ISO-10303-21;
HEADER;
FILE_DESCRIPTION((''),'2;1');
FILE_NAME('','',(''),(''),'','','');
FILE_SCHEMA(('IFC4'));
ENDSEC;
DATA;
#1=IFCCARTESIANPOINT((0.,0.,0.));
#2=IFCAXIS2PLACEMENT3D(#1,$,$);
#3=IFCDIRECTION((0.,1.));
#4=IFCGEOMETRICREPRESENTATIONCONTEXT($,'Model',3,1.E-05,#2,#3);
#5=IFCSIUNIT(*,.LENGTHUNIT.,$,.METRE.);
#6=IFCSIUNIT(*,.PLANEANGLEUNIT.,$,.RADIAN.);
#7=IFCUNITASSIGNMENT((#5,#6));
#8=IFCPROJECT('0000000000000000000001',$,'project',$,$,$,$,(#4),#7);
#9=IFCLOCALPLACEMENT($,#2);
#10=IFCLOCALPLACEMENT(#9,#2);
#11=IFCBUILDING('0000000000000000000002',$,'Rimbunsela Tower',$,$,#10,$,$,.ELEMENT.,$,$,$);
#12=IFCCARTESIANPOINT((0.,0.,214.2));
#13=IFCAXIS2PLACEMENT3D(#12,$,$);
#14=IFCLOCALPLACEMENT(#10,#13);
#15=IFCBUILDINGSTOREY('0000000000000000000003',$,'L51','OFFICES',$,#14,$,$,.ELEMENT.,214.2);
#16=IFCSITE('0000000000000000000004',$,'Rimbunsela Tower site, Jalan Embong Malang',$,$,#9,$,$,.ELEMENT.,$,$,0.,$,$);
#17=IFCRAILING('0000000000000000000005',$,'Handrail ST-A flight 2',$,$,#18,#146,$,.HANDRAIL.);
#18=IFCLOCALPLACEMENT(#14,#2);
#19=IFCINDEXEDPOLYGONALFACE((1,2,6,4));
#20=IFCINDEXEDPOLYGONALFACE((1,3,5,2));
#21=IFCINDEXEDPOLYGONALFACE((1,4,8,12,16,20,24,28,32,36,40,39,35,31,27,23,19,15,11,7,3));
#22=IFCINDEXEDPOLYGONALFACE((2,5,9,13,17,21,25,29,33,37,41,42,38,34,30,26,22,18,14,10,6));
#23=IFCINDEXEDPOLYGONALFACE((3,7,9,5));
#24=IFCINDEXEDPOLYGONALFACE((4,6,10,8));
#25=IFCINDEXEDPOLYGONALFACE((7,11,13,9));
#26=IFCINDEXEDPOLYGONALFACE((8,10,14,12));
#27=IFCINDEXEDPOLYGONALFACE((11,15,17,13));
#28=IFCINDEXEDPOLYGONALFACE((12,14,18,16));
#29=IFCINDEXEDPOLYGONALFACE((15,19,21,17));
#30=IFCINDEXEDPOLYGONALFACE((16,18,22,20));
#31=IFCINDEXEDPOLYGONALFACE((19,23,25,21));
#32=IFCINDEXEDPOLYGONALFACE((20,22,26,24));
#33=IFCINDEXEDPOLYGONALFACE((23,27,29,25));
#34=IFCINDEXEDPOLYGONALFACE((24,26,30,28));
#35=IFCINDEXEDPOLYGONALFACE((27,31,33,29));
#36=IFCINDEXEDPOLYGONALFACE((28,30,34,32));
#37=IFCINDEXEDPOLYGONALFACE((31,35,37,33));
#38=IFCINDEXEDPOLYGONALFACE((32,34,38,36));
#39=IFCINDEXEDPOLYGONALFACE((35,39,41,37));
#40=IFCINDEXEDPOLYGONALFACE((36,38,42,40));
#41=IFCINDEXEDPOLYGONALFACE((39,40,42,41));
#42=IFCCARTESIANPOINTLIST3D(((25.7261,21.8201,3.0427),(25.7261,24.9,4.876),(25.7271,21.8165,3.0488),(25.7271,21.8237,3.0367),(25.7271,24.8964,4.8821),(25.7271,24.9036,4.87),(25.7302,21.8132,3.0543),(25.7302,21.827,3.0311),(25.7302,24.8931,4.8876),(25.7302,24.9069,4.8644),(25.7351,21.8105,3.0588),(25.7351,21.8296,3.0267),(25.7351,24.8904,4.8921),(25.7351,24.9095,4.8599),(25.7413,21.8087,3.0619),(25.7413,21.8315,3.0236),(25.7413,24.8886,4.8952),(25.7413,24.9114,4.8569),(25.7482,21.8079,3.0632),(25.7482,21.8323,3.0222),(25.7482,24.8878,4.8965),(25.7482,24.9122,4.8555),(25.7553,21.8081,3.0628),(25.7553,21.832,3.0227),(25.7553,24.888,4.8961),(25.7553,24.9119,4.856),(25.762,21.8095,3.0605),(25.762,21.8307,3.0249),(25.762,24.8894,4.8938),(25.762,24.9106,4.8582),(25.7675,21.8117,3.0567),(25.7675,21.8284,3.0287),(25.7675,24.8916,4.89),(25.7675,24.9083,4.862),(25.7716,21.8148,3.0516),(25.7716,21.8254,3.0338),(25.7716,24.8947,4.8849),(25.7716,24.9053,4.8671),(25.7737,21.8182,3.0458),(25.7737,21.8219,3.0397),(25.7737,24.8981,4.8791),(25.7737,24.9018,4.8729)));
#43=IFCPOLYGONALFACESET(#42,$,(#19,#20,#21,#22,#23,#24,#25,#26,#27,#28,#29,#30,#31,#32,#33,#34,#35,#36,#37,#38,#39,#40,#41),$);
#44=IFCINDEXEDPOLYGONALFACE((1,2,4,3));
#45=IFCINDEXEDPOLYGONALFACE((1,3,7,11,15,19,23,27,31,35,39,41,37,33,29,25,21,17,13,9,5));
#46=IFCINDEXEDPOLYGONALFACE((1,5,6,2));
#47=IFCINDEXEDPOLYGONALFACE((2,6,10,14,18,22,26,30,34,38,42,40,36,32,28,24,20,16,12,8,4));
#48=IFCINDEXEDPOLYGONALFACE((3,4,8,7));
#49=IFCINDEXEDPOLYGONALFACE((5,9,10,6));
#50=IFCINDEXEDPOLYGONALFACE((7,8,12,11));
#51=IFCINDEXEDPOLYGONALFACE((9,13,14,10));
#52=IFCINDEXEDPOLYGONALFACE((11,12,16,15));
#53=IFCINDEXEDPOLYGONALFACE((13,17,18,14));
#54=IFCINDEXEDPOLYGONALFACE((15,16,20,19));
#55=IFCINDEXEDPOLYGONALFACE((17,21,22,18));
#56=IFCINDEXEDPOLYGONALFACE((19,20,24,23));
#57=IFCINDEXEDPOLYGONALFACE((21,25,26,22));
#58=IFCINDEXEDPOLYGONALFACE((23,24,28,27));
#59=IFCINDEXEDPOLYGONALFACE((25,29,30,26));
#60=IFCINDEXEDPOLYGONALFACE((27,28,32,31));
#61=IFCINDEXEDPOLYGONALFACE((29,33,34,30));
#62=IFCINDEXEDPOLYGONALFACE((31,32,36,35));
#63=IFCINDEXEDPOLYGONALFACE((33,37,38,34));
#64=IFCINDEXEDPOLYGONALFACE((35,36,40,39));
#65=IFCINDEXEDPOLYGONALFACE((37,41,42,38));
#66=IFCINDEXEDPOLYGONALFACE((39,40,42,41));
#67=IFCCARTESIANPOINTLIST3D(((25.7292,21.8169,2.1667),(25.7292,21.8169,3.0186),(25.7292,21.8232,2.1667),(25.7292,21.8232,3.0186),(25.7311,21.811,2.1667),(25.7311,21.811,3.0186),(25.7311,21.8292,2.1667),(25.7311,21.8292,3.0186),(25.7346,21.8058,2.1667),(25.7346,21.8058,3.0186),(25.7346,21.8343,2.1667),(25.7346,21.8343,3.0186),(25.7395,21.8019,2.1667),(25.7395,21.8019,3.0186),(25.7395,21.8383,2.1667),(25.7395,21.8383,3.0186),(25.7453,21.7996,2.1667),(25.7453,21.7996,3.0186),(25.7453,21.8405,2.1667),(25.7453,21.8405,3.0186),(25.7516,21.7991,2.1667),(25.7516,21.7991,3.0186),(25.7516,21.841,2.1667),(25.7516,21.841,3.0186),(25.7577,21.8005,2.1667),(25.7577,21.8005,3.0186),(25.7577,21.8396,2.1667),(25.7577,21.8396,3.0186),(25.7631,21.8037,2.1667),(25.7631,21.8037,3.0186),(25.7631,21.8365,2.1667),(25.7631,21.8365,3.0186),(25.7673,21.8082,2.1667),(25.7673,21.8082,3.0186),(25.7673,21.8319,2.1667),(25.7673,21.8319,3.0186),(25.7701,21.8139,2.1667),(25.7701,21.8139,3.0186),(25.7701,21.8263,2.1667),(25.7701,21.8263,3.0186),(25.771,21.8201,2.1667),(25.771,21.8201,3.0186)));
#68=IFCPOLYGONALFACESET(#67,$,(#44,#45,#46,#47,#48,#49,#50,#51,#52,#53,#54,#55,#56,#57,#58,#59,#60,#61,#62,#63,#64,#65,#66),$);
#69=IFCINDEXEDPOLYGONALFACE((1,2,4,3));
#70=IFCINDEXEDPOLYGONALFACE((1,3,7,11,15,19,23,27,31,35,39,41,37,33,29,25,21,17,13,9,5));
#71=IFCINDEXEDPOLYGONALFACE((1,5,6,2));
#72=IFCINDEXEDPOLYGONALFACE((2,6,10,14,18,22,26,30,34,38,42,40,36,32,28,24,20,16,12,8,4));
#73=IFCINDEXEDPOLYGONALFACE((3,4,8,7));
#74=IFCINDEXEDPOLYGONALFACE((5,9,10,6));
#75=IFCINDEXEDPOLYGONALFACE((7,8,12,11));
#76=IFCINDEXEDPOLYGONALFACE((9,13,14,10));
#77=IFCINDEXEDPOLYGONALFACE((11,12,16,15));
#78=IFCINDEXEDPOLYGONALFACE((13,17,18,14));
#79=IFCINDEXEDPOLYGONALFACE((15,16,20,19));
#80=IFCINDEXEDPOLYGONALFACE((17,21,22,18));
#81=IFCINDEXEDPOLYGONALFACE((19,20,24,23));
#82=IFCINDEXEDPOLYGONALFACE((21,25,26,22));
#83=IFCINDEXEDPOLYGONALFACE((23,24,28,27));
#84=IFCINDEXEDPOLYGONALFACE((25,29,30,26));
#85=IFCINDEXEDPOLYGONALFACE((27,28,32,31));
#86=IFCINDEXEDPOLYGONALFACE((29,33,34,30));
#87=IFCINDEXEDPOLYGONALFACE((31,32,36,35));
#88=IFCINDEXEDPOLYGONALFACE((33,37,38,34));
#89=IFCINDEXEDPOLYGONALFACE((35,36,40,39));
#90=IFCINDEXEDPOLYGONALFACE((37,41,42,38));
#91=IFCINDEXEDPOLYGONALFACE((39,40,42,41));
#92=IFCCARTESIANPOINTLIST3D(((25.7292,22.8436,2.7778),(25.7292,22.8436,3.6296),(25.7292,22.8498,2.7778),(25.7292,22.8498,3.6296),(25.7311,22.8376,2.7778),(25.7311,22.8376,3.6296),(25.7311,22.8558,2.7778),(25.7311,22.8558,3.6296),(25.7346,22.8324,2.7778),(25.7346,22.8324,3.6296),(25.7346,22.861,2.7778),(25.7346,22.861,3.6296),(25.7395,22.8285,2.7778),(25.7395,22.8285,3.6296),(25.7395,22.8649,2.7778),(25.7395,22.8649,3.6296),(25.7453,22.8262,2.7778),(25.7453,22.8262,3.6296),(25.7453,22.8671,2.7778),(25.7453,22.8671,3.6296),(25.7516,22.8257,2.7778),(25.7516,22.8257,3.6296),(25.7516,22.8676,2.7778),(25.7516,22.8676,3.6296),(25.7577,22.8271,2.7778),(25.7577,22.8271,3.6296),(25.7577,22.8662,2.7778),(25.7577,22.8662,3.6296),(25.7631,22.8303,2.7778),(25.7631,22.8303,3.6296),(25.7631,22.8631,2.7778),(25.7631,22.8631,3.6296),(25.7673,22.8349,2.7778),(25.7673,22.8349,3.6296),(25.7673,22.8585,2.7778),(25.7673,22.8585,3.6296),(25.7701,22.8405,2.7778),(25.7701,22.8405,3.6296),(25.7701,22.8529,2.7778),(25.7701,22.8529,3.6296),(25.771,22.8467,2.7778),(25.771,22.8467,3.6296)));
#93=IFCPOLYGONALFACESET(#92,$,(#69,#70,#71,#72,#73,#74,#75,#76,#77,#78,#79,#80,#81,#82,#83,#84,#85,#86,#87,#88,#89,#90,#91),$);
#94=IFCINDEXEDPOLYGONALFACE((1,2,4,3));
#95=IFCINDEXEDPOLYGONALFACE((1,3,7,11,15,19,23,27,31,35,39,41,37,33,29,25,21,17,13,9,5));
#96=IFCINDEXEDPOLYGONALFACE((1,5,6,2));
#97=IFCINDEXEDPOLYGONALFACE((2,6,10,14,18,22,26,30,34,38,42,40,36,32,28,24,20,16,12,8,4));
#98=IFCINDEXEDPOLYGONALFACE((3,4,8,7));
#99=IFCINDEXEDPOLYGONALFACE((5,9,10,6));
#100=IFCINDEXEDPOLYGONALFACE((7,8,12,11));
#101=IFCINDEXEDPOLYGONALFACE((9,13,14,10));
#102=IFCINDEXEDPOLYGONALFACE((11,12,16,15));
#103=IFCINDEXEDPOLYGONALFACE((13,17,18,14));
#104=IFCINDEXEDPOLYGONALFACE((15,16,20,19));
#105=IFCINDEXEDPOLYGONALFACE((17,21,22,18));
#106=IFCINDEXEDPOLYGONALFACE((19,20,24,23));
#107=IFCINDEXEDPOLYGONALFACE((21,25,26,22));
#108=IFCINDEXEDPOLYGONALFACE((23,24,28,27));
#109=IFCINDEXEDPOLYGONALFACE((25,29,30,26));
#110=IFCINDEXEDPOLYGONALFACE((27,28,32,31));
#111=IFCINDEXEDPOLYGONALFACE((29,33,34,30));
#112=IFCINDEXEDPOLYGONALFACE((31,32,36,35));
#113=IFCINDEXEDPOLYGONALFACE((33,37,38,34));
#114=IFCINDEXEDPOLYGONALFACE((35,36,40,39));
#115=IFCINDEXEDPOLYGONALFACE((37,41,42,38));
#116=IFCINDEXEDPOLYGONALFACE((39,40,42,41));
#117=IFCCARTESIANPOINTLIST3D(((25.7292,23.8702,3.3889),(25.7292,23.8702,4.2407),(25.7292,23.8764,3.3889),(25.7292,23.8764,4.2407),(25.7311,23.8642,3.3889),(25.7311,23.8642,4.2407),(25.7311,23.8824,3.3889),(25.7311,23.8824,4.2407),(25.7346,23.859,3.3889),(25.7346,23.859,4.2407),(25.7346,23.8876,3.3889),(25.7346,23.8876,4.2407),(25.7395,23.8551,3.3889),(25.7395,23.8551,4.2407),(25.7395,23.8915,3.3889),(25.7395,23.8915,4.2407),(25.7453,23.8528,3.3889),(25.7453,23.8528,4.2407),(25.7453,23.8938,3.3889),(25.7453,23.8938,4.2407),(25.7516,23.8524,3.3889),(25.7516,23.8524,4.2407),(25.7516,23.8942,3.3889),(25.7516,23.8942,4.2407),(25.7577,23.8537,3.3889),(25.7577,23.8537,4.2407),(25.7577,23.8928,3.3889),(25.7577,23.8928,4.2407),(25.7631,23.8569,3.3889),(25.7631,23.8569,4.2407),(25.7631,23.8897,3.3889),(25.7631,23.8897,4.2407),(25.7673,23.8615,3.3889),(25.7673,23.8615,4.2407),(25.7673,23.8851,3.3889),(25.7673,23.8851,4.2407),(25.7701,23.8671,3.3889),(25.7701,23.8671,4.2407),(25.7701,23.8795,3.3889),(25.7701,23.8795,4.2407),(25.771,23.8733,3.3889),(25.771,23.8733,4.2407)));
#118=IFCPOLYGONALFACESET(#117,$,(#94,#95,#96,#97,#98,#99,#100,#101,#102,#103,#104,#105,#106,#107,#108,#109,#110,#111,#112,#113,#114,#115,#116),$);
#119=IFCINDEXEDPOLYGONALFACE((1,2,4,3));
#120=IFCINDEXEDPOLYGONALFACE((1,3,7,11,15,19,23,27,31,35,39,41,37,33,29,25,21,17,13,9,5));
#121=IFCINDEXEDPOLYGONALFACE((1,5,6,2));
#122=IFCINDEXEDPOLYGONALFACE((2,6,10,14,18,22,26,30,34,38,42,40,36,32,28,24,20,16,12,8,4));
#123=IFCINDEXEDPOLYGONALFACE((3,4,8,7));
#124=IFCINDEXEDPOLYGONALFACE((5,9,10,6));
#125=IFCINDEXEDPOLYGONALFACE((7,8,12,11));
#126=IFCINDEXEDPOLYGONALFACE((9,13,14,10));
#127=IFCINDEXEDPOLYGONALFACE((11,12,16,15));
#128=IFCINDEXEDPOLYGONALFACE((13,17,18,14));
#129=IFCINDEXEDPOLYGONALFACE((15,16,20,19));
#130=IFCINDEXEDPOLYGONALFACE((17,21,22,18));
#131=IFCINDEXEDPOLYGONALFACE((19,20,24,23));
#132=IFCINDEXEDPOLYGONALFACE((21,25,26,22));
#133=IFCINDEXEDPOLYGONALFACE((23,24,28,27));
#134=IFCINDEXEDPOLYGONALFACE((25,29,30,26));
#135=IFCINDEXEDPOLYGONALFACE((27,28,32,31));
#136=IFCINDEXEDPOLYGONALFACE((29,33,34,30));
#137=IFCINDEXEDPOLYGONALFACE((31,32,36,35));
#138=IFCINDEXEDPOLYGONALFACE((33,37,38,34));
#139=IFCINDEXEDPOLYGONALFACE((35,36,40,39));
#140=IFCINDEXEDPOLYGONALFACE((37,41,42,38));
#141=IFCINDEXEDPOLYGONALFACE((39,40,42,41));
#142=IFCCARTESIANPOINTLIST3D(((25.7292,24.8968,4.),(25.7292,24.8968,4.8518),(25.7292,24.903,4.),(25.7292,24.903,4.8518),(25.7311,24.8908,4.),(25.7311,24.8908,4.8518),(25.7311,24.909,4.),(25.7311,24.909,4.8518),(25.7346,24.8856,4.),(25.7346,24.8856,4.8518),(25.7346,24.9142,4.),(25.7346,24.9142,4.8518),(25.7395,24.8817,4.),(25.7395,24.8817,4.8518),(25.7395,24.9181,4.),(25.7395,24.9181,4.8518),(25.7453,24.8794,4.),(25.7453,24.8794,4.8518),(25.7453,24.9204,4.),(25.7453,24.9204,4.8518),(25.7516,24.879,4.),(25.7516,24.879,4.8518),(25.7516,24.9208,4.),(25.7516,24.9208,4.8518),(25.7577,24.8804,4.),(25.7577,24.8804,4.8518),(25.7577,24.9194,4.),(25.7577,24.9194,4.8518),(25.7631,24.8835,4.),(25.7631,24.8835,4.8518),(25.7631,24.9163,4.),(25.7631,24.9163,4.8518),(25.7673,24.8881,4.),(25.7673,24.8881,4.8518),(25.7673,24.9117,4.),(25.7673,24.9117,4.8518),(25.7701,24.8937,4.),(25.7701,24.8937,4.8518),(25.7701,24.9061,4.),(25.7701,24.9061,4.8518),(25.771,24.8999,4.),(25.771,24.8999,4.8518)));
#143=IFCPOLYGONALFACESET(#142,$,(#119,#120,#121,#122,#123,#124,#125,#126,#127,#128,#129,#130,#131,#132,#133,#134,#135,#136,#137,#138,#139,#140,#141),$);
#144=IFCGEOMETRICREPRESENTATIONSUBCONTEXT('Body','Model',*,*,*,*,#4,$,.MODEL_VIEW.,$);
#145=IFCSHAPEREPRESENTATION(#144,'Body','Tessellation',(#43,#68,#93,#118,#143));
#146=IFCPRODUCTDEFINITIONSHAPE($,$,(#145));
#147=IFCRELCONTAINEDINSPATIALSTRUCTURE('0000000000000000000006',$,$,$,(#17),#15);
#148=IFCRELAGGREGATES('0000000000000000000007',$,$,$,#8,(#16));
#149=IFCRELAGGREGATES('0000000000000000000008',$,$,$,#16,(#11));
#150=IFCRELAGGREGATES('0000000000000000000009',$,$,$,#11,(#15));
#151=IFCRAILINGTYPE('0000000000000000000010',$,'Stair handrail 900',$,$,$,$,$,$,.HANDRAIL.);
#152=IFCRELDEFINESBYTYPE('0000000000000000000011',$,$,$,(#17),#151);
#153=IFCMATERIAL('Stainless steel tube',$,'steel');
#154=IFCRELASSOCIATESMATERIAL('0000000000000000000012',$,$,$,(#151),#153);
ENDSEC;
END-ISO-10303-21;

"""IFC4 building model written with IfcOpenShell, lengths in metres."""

from ifc_helpers import new_model, si_unit, direction, frame, origin, origin_2d, place, context, subcontext, project, spatial, circle, extrude, material, type_object, element, save


model = new_model("IFC4")

# Units and contexts
model_context = context("Model", 3, precision=1e-05, world=origin(), true_north=direction((0.0, 1.0)))
body_context = subcontext(model_context, "Body", "Model", "MODEL_VIEW")
ifc_project = project(units=[si_unit("LENGTHUNIT", "METRE"), si_unit("PLANEANGLEUNIT", "RADIAN")], contexts=[model_context])

# Site, building, storey
site_placement = place(None, origin())
site = spatial("IfcSite", under=ifc_project, at=site_placement, Name="Rimbunsela Tower site, Jalan Embong Malang", CompositionType="ELEMENT", RefElevation=0.0)
building_placement = place(site_placement, origin())
building = spatial("IfcBuilding", under=site, at=building_placement, Name="Rimbunsela Tower", CompositionType="ELEMENT")
storey_placement = place(building_placement, frame((0.0, 0.0, 214.2)))
storey = spatial("IfcBuildingStorey", under=building, at=storey_placement, Name="L51", Description="OFFICES", CompositionType="ELEMENT", Elevation=214.2)

# Railing
ifc_material_1 = material(Name="Stainless steel tube", Category="steel")
railing_type = type_object("IfcRailingType", Name="Stair handrail 900", PredefinedType="HANDRAIL", material=ifc_material_1)
railing_1_placement = place(storey_placement, frame((25.75, 21.8201, 2.1667)))
element("IfcRailing", 1, at=railing_1_placement, inside=storey, type_object=railing_type, Name="Handrail ST-A flight 2", PredefinedType="HANDRAIL", context=body_context, shape_type="SweptSolid", body=[
    extrude(circle(Radius=0.0239, at=origin_2d()), frame((0.0, 0.0, 0.876), z_axis=(0.0, 0.859291, 0.511487), x_axis=(-1.0, 0.0, 0.0)), (0.0, 0.0, 1.0), 3.5842),
    extrude(circle(Radius=0.021, at=origin_2d()), origin(), (0.0, 0.0, 1.0), 0.8518),
    extrude(circle(Radius=0.021, at=origin_2d()), frame((0.0, 1.0266, 0.6111)), (0.0, 0.0, 1.0), 0.8518),
    extrude(circle(Radius=0.021, at=origin_2d()), frame((0.0, 2.0532, 1.2222)), (0.0, 0.0, 1.0), 0.8518),
    extrude(circle(Radius=0.021, at=origin_2d()), frame((0.0, 3.0798, 1.8333)), (0.0, 0.0, 1.0), 0.8518),
])

save(model, "model.ifc")
